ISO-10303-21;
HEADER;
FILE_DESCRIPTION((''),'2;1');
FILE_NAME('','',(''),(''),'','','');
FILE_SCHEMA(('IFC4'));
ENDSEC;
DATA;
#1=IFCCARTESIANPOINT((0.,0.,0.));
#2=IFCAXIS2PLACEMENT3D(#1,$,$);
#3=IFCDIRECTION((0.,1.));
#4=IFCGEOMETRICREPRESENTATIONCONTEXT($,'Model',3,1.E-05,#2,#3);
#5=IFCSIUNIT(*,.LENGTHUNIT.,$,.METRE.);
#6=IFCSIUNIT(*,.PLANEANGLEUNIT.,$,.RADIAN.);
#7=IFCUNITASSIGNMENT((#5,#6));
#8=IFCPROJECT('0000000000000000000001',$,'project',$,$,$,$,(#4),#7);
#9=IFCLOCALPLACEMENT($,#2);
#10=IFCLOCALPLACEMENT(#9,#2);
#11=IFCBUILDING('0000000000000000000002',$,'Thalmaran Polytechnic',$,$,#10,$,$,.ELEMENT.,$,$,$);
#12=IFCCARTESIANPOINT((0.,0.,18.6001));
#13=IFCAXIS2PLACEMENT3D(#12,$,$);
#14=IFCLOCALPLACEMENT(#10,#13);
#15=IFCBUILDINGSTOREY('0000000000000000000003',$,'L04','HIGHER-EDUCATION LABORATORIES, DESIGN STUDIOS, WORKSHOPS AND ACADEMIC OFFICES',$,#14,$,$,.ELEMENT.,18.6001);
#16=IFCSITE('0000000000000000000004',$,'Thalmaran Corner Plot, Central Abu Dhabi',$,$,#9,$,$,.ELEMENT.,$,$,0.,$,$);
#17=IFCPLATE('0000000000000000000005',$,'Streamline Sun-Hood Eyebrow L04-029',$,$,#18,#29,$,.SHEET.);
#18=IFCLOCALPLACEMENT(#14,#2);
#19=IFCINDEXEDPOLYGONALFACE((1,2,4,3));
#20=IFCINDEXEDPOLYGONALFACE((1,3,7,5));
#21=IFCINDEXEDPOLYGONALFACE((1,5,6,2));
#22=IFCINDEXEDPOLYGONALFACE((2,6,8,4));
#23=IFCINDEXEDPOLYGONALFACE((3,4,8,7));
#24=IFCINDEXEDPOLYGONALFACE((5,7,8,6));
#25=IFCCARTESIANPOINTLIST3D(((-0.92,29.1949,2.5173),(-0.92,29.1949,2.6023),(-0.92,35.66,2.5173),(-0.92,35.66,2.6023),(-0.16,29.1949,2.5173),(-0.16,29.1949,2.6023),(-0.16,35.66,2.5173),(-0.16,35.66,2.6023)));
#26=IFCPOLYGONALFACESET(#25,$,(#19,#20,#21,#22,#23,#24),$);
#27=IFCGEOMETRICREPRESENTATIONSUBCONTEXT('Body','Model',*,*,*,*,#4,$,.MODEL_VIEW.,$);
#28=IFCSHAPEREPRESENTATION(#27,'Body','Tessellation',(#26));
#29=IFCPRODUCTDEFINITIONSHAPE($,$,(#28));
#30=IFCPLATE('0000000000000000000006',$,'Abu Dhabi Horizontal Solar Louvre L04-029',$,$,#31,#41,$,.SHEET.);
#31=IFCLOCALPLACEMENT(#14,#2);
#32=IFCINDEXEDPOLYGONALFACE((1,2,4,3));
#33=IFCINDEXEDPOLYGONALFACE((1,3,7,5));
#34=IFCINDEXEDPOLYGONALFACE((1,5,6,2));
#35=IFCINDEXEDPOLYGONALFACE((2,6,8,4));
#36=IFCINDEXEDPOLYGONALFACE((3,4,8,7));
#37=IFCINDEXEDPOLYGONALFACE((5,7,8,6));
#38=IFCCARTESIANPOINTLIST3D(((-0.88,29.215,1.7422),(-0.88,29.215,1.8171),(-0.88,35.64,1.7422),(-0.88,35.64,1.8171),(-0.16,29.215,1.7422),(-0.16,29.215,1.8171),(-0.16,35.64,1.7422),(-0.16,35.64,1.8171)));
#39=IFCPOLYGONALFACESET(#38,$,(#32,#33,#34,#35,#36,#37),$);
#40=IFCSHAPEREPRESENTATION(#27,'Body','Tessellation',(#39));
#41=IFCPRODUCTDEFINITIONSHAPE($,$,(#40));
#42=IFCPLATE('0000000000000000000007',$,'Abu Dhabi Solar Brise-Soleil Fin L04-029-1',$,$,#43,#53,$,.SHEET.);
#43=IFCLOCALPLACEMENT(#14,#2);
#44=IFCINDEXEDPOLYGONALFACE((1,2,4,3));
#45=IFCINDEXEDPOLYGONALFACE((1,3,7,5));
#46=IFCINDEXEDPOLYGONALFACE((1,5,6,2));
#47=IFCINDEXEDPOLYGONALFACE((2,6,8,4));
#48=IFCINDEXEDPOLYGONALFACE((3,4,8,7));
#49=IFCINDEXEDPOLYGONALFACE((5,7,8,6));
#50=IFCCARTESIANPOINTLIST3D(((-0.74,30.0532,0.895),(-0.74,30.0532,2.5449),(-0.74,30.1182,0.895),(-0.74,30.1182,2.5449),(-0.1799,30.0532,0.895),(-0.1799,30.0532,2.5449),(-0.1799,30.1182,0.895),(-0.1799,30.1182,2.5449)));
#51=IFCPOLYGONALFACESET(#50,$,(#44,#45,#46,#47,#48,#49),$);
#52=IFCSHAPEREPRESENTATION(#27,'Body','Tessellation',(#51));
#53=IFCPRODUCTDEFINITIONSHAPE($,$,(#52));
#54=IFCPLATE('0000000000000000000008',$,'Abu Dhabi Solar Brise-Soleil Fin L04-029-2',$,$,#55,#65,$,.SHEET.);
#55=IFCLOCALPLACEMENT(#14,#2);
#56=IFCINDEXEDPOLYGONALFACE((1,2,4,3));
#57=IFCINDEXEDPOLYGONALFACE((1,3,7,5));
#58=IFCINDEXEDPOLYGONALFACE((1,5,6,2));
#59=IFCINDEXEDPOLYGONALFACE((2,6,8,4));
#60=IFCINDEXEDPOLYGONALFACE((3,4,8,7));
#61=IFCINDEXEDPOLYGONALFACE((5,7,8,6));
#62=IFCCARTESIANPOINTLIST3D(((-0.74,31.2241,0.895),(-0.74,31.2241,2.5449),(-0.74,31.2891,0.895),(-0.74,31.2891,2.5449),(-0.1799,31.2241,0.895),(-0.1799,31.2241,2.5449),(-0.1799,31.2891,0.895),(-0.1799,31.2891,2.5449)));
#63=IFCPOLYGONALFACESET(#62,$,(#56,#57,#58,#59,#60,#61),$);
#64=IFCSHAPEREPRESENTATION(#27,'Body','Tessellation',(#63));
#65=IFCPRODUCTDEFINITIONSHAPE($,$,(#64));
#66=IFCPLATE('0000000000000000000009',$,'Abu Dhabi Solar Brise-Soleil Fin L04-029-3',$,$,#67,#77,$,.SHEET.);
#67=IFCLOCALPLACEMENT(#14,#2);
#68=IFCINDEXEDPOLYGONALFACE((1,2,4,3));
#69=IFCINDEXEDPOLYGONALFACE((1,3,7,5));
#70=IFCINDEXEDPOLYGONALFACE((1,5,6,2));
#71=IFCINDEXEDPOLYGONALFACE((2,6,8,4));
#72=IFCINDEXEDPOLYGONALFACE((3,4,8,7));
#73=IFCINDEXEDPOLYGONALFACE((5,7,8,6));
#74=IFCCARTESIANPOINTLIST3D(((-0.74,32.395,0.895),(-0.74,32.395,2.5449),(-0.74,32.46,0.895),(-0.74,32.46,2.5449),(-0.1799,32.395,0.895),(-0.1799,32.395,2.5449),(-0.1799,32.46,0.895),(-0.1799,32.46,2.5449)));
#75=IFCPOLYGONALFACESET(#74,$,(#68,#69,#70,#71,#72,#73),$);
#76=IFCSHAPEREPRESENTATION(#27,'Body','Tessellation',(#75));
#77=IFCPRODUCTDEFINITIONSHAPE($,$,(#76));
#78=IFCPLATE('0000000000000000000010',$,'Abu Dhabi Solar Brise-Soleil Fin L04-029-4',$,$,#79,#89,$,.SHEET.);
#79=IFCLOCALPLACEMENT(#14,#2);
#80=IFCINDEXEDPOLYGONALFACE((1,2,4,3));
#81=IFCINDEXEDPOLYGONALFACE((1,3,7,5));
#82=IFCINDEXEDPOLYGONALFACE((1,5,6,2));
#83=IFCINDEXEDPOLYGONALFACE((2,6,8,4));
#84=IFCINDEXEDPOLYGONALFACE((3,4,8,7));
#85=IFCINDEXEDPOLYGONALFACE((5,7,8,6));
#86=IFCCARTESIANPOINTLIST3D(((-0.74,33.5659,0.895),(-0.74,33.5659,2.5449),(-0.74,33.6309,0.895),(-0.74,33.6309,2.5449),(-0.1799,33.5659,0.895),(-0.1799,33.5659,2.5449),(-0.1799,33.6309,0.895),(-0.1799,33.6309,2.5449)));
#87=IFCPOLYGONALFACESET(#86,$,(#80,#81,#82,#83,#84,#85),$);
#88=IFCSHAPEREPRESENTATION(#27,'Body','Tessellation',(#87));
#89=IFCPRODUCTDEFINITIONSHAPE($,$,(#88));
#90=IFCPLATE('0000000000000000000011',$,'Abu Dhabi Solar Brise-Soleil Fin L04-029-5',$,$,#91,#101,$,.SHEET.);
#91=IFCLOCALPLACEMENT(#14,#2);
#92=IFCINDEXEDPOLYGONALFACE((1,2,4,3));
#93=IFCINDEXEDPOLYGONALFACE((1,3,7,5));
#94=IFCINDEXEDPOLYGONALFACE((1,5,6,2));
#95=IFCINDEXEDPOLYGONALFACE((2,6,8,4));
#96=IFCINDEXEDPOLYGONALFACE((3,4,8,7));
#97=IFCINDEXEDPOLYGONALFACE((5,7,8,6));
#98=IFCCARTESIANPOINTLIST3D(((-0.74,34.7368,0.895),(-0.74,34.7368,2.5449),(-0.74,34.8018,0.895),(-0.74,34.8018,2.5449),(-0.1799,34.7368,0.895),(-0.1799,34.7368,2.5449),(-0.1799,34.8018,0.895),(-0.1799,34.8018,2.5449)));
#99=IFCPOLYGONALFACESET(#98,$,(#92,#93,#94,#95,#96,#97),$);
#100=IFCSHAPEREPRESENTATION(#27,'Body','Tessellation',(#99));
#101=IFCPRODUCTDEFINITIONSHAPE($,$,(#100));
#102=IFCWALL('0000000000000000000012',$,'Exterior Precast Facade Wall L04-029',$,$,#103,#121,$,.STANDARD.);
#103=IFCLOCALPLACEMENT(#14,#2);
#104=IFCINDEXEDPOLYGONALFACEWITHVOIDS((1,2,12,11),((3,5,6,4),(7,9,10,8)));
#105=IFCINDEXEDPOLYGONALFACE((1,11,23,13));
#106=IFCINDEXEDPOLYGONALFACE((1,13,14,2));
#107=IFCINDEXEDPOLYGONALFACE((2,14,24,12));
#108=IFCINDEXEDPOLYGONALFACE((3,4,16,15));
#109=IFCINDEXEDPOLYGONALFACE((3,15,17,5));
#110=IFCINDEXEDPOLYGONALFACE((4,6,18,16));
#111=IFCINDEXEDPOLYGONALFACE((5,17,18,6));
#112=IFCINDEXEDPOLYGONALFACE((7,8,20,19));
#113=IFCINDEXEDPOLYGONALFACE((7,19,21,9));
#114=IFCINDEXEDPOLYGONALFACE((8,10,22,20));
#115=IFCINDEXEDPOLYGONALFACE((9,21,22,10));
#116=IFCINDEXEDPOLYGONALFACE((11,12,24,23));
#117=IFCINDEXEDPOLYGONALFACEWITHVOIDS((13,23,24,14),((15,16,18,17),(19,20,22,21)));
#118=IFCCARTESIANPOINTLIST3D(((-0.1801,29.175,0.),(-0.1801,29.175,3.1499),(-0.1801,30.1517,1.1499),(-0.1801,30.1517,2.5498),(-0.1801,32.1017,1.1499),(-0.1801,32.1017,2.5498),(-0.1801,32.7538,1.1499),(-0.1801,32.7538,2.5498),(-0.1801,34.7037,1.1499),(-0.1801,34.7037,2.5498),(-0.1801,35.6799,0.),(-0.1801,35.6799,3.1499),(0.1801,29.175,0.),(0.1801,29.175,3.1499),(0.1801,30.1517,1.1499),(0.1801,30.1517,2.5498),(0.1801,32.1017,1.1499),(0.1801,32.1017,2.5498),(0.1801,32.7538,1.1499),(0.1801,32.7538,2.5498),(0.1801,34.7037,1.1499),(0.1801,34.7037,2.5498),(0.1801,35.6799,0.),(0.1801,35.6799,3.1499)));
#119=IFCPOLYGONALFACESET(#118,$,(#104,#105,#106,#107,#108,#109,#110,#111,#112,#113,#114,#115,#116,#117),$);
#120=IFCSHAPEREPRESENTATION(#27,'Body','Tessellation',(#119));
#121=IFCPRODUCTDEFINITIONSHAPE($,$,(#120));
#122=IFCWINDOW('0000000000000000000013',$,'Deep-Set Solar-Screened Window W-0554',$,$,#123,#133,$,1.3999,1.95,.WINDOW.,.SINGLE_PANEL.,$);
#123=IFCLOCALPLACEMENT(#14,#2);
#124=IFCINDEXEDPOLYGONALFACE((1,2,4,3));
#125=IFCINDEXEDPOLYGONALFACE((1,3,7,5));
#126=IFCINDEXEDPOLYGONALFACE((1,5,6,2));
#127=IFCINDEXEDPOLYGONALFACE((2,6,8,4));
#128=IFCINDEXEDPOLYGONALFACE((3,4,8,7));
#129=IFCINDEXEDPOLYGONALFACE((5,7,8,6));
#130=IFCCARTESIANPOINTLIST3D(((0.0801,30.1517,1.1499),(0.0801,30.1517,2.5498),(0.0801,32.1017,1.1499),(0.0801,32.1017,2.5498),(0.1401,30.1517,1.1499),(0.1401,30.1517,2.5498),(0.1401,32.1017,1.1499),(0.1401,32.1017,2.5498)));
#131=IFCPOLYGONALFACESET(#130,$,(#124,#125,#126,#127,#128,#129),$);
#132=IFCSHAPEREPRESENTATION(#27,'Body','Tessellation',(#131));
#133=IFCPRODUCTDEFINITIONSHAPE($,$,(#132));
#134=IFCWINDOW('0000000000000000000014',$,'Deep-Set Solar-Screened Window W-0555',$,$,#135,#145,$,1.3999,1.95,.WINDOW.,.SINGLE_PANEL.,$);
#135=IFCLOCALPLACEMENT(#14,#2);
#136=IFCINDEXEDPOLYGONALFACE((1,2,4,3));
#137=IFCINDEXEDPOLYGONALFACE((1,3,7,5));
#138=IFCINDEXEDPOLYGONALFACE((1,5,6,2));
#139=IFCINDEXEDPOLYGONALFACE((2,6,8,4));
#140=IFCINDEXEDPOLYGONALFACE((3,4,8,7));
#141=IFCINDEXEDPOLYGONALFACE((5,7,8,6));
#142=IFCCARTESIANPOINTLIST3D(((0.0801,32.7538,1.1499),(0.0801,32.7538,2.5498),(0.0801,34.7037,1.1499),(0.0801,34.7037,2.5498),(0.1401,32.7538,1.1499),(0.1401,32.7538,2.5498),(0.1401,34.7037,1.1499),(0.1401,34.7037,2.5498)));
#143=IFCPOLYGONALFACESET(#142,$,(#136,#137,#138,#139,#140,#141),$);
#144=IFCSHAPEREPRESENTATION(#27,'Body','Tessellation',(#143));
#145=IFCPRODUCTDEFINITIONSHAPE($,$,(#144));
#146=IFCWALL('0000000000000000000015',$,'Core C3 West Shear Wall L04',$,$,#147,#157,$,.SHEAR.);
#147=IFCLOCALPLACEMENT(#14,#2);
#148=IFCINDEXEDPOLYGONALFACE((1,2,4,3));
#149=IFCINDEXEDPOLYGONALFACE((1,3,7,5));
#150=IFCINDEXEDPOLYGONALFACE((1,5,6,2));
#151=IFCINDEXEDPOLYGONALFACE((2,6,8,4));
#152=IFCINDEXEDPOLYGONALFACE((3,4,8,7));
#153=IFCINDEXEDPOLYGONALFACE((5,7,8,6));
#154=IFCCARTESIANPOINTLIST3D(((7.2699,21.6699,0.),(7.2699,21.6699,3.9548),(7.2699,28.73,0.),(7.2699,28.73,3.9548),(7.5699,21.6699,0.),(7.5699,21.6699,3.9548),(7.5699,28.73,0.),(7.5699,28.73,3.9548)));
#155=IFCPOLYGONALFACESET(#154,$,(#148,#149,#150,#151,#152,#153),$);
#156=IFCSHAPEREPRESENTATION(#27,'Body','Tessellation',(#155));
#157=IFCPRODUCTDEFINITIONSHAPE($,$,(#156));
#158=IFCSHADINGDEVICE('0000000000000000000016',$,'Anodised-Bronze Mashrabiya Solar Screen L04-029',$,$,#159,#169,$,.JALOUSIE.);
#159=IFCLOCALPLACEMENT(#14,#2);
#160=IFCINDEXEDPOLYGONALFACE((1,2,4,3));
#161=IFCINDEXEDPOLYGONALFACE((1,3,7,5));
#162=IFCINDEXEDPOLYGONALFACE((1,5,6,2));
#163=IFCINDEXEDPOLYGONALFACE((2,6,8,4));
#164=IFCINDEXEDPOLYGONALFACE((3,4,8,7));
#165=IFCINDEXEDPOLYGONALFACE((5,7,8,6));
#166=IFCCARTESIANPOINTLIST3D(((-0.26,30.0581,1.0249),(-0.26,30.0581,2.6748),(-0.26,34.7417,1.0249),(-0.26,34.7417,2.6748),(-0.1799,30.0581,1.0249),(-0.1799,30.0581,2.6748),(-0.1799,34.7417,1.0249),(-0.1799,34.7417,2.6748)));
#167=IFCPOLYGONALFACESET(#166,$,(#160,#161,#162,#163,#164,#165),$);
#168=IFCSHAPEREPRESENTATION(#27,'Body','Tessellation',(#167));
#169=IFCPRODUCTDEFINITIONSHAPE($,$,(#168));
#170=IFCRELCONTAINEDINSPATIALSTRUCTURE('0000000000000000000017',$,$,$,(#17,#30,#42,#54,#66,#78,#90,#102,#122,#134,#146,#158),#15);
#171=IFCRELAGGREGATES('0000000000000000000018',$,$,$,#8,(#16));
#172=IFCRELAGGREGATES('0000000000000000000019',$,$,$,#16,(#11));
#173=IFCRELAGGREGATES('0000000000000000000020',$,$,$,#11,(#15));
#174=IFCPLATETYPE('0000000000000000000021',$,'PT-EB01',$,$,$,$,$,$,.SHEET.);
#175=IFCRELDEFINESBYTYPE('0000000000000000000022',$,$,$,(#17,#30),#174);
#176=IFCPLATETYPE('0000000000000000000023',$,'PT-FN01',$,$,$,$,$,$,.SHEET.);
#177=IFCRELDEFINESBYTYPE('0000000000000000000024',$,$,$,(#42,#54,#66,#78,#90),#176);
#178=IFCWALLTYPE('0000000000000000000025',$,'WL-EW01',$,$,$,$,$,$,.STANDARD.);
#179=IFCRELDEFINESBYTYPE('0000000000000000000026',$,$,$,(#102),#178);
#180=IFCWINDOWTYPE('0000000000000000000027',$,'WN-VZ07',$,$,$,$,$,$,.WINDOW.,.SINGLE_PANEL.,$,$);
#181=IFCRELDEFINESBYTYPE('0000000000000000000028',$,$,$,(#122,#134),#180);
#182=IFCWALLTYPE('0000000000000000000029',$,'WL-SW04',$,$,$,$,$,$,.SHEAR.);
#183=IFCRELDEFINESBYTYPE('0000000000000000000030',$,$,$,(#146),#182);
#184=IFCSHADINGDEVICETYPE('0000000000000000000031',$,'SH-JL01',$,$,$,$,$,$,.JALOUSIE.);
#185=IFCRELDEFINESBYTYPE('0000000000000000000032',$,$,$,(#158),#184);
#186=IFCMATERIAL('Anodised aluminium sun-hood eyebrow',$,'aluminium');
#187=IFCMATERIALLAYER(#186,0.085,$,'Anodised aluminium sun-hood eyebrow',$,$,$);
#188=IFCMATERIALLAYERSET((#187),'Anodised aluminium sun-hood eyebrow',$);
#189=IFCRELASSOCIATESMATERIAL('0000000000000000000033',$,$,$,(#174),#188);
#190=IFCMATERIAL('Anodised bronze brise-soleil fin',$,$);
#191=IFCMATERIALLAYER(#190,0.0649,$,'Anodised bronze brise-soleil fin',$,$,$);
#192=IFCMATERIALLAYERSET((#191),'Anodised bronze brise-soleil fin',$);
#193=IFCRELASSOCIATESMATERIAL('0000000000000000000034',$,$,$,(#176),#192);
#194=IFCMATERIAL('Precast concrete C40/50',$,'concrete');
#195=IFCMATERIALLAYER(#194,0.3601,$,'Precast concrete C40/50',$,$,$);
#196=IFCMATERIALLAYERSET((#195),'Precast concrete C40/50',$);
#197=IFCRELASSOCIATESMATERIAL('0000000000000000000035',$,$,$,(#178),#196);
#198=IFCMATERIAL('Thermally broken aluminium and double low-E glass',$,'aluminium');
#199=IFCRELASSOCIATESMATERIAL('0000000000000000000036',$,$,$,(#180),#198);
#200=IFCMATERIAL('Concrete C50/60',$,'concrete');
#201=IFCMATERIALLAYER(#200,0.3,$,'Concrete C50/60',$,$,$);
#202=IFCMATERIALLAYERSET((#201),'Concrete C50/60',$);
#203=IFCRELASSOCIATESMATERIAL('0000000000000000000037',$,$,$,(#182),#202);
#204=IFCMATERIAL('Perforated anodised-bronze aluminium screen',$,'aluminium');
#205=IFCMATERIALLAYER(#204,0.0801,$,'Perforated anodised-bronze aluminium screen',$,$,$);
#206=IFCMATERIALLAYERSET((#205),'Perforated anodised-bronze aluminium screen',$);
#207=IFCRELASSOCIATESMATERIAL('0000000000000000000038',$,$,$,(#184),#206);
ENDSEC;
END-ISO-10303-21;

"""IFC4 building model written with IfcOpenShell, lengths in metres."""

from ifc_helpers import new_model, si_unit, direction, frame, frame_2d, origin, origin_2d, place, context, subcontext, project, spatial, rectangle, extrude, material, layer, layer_set, type_object, element, fill, save


model = new_model("IFC4")

# Units and contexts
model_context = context("Model", 3, precision=1e-05, world=origin(), true_north=direction((0.0, 1.0)))
body_context = subcontext(model_context, "Body", "Model", "MODEL_VIEW")
ifc_project = project(units=[si_unit("LENGTHUNIT", "METRE"), si_unit("PLANEANGLEUNIT", "RADIAN")], contexts=[model_context])

# Site, building, storey
site_placement = place(None, origin())
site = spatial("IfcSite", under=ifc_project, at=site_placement, Name="Thalmaran Corner Plot, Central Abu Dhabi", CompositionType="ELEMENT", RefElevation=0.0)
building_placement = place(site_placement, origin())
building = spatial("IfcBuilding", under=site, at=building_placement, Name="Thalmaran Polytechnic", CompositionType="ELEMENT")
storey_placement = place(building_placement, frame((0.0, 0.0, 18.6001)))
storey = spatial("IfcBuildingStorey", under=building, at=storey_placement, Name="L04", Description="HIGHER-EDUCATION LABORATORIES, DESIGN STUDIOS, WORKSHOPS AND ACADEMIC OFFICES", CompositionType="ELEMENT", Elevation=18.6001)

# Plates
ifc_material_1 = material(Name="Anodised aluminium sun-hood eyebrow", Category="aluminium")
ifc_layer_1 = layer(ifc_material_1, 0.085, Name="Anodised aluminium sun-hood eyebrow")
ifc_layer_set_1 = layer_set([ifc_layer_1], Name="Anodised aluminium sun-hood eyebrow")
plate_type_1 = type_object("IfcPlateType", Name="PT-EB01", PredefinedType="SHEET", material=ifc_layer_set_1)
plate_1_placement = place(storey_placement, frame((-0.54, 32.4275, 2.5173), z_axis=(0.0, 0.0, 1.0), x_axis=(0.0, 1.0, 0.0)))
element("IfcPlate", 1, at=plate_1_placement, inside=storey, type_object=plate_type_1, Name="Streamline Sun-Hood Eyebrow L04-029", PredefinedType="SHEET", context=body_context, shape_type="SweptSolid", body=[
    extrude(rectangle(XDim=6.4651, YDim=0.76, at=origin_2d()), origin(), (0.0, 0.0, 1.0), 0.085),
])
plate_2_placement = place(storey_placement, frame((-0.52, 32.4275, 1.7422), z_axis=(0.0, 0.0, 1.0), x_axis=(0.0, 1.0, 0.0)))
element("IfcPlate", 2, at=plate_2_placement, inside=storey, type_object=plate_type_1, Name="Abu Dhabi Horizontal Solar Louvre L04-029", PredefinedType="SHEET", context=body_context, shape_type="SweptSolid", body=[
    extrude(rectangle(XDim=6.425, YDim=0.72, at=origin_2d()), origin(), (0.0, 0.0, 1.0), 0.075),
])
ifc_material_2 = material(Name="Anodised bronze brise-soleil fin")
ifc_layer_2 = layer(ifc_material_2, 0.0649, Name="Anodised bronze brise-soleil fin")
ifc_layer_set_2 = layer_set([ifc_layer_2], Name="Anodised bronze brise-soleil fin")
plate_type_2 = type_object("IfcPlateType", Name="PT-FN01", PredefinedType="SHEET", material=ifc_layer_set_2)
for number, where, z_axis, x_axis, name in (
    (3, (-0.46, 30.0857, 0.895), (0.0, 0.0, 1.0), (0.0, 1.0, 0.0), "Abu Dhabi Solar Brise-Soleil Fin L04-029-1"),
    (4, (-0.46, 31.2566, 0.895), (0.0, 0.0, 1.0), (0.0, 1.0, 0.0), "Abu Dhabi Solar Brise-Soleil Fin L04-029-2"),
    (5, (-0.46, 32.4275, 0.895), (0.0, 0.0, 1.0), (0.0, 1.0, 0.0), "Abu Dhabi Solar Brise-Soleil Fin L04-029-3"),
    (6, (-0.46, 33.5984, 0.895), (0.0, 0.0, 1.0), (0.0, 1.0, 0.0), "Abu Dhabi Solar Brise-Soleil Fin L04-029-4"),
    (7, (-0.46, 34.7693, 0.895), (0.0, 0.0, 1.0), (0.0, 1.0, 0.0), "Abu Dhabi Solar Brise-Soleil Fin L04-029-5"),
):
    element("IfcPlate", number, at=place(storey_placement, frame(where, z_axis=z_axis, x_axis=x_axis)), inside=storey, type_object=plate_type_2, Name=name, PredefinedType="SHEET", context=body_context, shape_type="SweptSolid", body=[
        extrude(rectangle(XDim=0.0649, YDim=0.5601, at=origin_2d()), origin(), (0.0, 0.0, 1.0), 1.6499),
    ])

# Wall, openings, windows
ifc_material_3 = material(Name="Precast concrete C40/50", Category="concrete")
ifc_layer_3 = layer(ifc_material_3, 0.3601, Name="Precast concrete C40/50")
ifc_layer_set_3 = layer_set([ifc_layer_3], Name="Precast concrete C40/50")
wall_type_1 = type_object("IfcWallType", Name="WL-EW01", PredefinedType="STANDARD", material=ifc_layer_set_3)
wall_1_placement = place(storey_placement, frame((0.0, 29.175, 0.0), z_axis=(0.0, 0.0, 1.0), x_axis=(0.0, 1.0, 0.0)))
wall_1 = element("IfcWall", 8, at=wall_1_placement, inside=storey, type_object=wall_type_1, Name="Exterior Precast Facade Wall L04-029", PredefinedType="STANDARD", context=body_context, shape_type="SweptSolid", body=[
    extrude(rectangle(XDim=6.5049, YDim=0.3601, at=frame_2d((3.2524, 0.0))), origin(), (0.0, 0.0, 1.0), 3.1499),
])
opening_1_placement = place(wall_1_placement, frame((0.9766, 0.0, 1.1499)))
opening_1 = element("IfcOpeningElement", 9, at=opening_1_placement, cuts=wall_1, PredefinedType="OPENING", context=body_context, shape_type="SweptSolid", body=[
    extrude(rectangle(XDim=1.95, YDim=1.3999, at=frame_2d((0.9751, 0.7))), frame((0.0, 0.1899, 0.0), z_axis=(0.0, -1.0, 0.0), x_axis=(1.0, 0.0, 0.0)), (0.0, 0.0, 1.0), 0.3801),
])
opening_2_placement = place(wall_1_placement, frame((3.5786, 0.0, 1.1499)))
opening_2 = element("IfcOpeningElement", 10, at=opening_2_placement, cuts=wall_1, PredefinedType="OPENING", context=body_context, shape_type="SweptSolid", body=[
    extrude(rectangle(XDim=1.95, YDim=1.3999, at=frame_2d((0.9751, 0.7))), frame((0.0, 0.1899, 0.0), z_axis=(0.0, -1.0, 0.0), x_axis=(1.0, 0.0, 0.0)), (0.0, 0.0, 1.0), 0.3801),
])
ifc_material_4 = material(Name="Thermally broken aluminium and double low-E glass", Category="aluminium")
window_type = type_object("IfcWindowType", Name="WN-VZ07", PartitioningType="SINGLE_PANEL", PredefinedType="WINDOW", material=ifc_material_4)
window_1_placement = place(opening_1_placement, origin())
window_1 = element("IfcWindow", 11, at=window_1_placement, inside=storey, type_object=window_type, Name="Deep-Set Solar-Screened Window W-0554", OverallHeight=1.3999, OverallWidth=1.95, PartitioningType="SINGLE_PANEL", PredefinedType="WINDOW", context=body_context, shape_type="SweptSolid", body=[
    extrude(rectangle(XDim=1.95, YDim=1.3999, at=frame_2d((0.9751, 0.7))), frame((0.0, -0.0801, 0.0), z_axis=(0.0, -1.0, 0.0), x_axis=(1.0, 0.0, 0.0)), (0.0, 0.0, 1.0), 0.0601),
])
fill(opening_1, window_1)
window_2_placement = place(opening_2_placement, origin())
window_2 = element("IfcWindow", 12, at=window_2_placement, inside=storey, type_object=window_type, Name="Deep-Set Solar-Screened Window W-0555", OverallHeight=1.3999, OverallWidth=1.95, PartitioningType="SINGLE_PANEL", PredefinedType="WINDOW", context=body_context, shape_type="SweptSolid", body=[
    extrude(rectangle(XDim=1.95, YDim=1.3999, at=frame_2d((0.9751, 0.7))), frame((0.0, -0.0801, 0.0), z_axis=(0.0, -1.0, 0.0), x_axis=(1.0, 0.0, 0.0)), (0.0, 0.0, 1.0), 0.0601),
])
fill(opening_2, window_2)

# Wall
ifc_material_5 = material(Name="Concrete C50/60", Category="concrete")
ifc_layer_4 = layer(ifc_material_5, 0.3, Name="Concrete C50/60")
ifc_layer_set_4 = layer_set([ifc_layer_4], Name="Concrete C50/60")
wall_type_2 = type_object("IfcWallType", Name="WL-SW04", PredefinedType="SHEAR", material=ifc_layer_set_4)
wall_2_placement = place(storey_placement, frame((7.4199, 28.73, 0.0), z_axis=(0.0, 0.0, 1.0), x_axis=(0.0, -1.0, 0.0)))
element("IfcWall", 13, at=wall_2_placement, inside=storey, type_object=wall_type_2, Name="Core C3 West Shear Wall L04", PredefinedType="SHEAR", context=body_context, shape_type="SweptSolid", body=[
    extrude(rectangle(XDim=7.0601, YDim=0.3, at=frame_2d((3.53, 0.0))), origin(), (0.0, 0.0, 1.0), 3.9548),
])

# Shading device
ifc_material_6 = material(Name="Perforated anodised-bronze aluminium screen", Category="aluminium")
ifc_layer_5 = layer(ifc_material_6, 0.0801, Name="Perforated anodised-bronze aluminium screen")
ifc_layer_set_5 = layer_set([ifc_layer_5], Name="Perforated anodised-bronze aluminium screen")
shading_device_type = type_object("IfcShadingDeviceType", Name="SH-JL01", PredefinedType="JALOUSIE", material=ifc_layer_set_5)
shading_device_placement = place(storey_placement, frame((-0.22, 32.3999, 1.0249), z_axis=(0.0, 0.0, 1.0), x_axis=(0.0, 1.0, 0.0)))
element("IfcShadingDevice", 14, at=shading_device_placement, inside=storey, type_object=shading_device_type, Name="Anodised-Bronze Mashrabiya Solar Screen L04-029", PredefinedType="JALOUSIE", context=body_context, shape_type="SweptSolid", body=[
    extrude(rectangle(XDim=4.6836, YDim=0.0801, at=origin_2d()), origin(), (0.0, 0.0, 1.0), 1.6499),
])

save(model, "model.ifc")
